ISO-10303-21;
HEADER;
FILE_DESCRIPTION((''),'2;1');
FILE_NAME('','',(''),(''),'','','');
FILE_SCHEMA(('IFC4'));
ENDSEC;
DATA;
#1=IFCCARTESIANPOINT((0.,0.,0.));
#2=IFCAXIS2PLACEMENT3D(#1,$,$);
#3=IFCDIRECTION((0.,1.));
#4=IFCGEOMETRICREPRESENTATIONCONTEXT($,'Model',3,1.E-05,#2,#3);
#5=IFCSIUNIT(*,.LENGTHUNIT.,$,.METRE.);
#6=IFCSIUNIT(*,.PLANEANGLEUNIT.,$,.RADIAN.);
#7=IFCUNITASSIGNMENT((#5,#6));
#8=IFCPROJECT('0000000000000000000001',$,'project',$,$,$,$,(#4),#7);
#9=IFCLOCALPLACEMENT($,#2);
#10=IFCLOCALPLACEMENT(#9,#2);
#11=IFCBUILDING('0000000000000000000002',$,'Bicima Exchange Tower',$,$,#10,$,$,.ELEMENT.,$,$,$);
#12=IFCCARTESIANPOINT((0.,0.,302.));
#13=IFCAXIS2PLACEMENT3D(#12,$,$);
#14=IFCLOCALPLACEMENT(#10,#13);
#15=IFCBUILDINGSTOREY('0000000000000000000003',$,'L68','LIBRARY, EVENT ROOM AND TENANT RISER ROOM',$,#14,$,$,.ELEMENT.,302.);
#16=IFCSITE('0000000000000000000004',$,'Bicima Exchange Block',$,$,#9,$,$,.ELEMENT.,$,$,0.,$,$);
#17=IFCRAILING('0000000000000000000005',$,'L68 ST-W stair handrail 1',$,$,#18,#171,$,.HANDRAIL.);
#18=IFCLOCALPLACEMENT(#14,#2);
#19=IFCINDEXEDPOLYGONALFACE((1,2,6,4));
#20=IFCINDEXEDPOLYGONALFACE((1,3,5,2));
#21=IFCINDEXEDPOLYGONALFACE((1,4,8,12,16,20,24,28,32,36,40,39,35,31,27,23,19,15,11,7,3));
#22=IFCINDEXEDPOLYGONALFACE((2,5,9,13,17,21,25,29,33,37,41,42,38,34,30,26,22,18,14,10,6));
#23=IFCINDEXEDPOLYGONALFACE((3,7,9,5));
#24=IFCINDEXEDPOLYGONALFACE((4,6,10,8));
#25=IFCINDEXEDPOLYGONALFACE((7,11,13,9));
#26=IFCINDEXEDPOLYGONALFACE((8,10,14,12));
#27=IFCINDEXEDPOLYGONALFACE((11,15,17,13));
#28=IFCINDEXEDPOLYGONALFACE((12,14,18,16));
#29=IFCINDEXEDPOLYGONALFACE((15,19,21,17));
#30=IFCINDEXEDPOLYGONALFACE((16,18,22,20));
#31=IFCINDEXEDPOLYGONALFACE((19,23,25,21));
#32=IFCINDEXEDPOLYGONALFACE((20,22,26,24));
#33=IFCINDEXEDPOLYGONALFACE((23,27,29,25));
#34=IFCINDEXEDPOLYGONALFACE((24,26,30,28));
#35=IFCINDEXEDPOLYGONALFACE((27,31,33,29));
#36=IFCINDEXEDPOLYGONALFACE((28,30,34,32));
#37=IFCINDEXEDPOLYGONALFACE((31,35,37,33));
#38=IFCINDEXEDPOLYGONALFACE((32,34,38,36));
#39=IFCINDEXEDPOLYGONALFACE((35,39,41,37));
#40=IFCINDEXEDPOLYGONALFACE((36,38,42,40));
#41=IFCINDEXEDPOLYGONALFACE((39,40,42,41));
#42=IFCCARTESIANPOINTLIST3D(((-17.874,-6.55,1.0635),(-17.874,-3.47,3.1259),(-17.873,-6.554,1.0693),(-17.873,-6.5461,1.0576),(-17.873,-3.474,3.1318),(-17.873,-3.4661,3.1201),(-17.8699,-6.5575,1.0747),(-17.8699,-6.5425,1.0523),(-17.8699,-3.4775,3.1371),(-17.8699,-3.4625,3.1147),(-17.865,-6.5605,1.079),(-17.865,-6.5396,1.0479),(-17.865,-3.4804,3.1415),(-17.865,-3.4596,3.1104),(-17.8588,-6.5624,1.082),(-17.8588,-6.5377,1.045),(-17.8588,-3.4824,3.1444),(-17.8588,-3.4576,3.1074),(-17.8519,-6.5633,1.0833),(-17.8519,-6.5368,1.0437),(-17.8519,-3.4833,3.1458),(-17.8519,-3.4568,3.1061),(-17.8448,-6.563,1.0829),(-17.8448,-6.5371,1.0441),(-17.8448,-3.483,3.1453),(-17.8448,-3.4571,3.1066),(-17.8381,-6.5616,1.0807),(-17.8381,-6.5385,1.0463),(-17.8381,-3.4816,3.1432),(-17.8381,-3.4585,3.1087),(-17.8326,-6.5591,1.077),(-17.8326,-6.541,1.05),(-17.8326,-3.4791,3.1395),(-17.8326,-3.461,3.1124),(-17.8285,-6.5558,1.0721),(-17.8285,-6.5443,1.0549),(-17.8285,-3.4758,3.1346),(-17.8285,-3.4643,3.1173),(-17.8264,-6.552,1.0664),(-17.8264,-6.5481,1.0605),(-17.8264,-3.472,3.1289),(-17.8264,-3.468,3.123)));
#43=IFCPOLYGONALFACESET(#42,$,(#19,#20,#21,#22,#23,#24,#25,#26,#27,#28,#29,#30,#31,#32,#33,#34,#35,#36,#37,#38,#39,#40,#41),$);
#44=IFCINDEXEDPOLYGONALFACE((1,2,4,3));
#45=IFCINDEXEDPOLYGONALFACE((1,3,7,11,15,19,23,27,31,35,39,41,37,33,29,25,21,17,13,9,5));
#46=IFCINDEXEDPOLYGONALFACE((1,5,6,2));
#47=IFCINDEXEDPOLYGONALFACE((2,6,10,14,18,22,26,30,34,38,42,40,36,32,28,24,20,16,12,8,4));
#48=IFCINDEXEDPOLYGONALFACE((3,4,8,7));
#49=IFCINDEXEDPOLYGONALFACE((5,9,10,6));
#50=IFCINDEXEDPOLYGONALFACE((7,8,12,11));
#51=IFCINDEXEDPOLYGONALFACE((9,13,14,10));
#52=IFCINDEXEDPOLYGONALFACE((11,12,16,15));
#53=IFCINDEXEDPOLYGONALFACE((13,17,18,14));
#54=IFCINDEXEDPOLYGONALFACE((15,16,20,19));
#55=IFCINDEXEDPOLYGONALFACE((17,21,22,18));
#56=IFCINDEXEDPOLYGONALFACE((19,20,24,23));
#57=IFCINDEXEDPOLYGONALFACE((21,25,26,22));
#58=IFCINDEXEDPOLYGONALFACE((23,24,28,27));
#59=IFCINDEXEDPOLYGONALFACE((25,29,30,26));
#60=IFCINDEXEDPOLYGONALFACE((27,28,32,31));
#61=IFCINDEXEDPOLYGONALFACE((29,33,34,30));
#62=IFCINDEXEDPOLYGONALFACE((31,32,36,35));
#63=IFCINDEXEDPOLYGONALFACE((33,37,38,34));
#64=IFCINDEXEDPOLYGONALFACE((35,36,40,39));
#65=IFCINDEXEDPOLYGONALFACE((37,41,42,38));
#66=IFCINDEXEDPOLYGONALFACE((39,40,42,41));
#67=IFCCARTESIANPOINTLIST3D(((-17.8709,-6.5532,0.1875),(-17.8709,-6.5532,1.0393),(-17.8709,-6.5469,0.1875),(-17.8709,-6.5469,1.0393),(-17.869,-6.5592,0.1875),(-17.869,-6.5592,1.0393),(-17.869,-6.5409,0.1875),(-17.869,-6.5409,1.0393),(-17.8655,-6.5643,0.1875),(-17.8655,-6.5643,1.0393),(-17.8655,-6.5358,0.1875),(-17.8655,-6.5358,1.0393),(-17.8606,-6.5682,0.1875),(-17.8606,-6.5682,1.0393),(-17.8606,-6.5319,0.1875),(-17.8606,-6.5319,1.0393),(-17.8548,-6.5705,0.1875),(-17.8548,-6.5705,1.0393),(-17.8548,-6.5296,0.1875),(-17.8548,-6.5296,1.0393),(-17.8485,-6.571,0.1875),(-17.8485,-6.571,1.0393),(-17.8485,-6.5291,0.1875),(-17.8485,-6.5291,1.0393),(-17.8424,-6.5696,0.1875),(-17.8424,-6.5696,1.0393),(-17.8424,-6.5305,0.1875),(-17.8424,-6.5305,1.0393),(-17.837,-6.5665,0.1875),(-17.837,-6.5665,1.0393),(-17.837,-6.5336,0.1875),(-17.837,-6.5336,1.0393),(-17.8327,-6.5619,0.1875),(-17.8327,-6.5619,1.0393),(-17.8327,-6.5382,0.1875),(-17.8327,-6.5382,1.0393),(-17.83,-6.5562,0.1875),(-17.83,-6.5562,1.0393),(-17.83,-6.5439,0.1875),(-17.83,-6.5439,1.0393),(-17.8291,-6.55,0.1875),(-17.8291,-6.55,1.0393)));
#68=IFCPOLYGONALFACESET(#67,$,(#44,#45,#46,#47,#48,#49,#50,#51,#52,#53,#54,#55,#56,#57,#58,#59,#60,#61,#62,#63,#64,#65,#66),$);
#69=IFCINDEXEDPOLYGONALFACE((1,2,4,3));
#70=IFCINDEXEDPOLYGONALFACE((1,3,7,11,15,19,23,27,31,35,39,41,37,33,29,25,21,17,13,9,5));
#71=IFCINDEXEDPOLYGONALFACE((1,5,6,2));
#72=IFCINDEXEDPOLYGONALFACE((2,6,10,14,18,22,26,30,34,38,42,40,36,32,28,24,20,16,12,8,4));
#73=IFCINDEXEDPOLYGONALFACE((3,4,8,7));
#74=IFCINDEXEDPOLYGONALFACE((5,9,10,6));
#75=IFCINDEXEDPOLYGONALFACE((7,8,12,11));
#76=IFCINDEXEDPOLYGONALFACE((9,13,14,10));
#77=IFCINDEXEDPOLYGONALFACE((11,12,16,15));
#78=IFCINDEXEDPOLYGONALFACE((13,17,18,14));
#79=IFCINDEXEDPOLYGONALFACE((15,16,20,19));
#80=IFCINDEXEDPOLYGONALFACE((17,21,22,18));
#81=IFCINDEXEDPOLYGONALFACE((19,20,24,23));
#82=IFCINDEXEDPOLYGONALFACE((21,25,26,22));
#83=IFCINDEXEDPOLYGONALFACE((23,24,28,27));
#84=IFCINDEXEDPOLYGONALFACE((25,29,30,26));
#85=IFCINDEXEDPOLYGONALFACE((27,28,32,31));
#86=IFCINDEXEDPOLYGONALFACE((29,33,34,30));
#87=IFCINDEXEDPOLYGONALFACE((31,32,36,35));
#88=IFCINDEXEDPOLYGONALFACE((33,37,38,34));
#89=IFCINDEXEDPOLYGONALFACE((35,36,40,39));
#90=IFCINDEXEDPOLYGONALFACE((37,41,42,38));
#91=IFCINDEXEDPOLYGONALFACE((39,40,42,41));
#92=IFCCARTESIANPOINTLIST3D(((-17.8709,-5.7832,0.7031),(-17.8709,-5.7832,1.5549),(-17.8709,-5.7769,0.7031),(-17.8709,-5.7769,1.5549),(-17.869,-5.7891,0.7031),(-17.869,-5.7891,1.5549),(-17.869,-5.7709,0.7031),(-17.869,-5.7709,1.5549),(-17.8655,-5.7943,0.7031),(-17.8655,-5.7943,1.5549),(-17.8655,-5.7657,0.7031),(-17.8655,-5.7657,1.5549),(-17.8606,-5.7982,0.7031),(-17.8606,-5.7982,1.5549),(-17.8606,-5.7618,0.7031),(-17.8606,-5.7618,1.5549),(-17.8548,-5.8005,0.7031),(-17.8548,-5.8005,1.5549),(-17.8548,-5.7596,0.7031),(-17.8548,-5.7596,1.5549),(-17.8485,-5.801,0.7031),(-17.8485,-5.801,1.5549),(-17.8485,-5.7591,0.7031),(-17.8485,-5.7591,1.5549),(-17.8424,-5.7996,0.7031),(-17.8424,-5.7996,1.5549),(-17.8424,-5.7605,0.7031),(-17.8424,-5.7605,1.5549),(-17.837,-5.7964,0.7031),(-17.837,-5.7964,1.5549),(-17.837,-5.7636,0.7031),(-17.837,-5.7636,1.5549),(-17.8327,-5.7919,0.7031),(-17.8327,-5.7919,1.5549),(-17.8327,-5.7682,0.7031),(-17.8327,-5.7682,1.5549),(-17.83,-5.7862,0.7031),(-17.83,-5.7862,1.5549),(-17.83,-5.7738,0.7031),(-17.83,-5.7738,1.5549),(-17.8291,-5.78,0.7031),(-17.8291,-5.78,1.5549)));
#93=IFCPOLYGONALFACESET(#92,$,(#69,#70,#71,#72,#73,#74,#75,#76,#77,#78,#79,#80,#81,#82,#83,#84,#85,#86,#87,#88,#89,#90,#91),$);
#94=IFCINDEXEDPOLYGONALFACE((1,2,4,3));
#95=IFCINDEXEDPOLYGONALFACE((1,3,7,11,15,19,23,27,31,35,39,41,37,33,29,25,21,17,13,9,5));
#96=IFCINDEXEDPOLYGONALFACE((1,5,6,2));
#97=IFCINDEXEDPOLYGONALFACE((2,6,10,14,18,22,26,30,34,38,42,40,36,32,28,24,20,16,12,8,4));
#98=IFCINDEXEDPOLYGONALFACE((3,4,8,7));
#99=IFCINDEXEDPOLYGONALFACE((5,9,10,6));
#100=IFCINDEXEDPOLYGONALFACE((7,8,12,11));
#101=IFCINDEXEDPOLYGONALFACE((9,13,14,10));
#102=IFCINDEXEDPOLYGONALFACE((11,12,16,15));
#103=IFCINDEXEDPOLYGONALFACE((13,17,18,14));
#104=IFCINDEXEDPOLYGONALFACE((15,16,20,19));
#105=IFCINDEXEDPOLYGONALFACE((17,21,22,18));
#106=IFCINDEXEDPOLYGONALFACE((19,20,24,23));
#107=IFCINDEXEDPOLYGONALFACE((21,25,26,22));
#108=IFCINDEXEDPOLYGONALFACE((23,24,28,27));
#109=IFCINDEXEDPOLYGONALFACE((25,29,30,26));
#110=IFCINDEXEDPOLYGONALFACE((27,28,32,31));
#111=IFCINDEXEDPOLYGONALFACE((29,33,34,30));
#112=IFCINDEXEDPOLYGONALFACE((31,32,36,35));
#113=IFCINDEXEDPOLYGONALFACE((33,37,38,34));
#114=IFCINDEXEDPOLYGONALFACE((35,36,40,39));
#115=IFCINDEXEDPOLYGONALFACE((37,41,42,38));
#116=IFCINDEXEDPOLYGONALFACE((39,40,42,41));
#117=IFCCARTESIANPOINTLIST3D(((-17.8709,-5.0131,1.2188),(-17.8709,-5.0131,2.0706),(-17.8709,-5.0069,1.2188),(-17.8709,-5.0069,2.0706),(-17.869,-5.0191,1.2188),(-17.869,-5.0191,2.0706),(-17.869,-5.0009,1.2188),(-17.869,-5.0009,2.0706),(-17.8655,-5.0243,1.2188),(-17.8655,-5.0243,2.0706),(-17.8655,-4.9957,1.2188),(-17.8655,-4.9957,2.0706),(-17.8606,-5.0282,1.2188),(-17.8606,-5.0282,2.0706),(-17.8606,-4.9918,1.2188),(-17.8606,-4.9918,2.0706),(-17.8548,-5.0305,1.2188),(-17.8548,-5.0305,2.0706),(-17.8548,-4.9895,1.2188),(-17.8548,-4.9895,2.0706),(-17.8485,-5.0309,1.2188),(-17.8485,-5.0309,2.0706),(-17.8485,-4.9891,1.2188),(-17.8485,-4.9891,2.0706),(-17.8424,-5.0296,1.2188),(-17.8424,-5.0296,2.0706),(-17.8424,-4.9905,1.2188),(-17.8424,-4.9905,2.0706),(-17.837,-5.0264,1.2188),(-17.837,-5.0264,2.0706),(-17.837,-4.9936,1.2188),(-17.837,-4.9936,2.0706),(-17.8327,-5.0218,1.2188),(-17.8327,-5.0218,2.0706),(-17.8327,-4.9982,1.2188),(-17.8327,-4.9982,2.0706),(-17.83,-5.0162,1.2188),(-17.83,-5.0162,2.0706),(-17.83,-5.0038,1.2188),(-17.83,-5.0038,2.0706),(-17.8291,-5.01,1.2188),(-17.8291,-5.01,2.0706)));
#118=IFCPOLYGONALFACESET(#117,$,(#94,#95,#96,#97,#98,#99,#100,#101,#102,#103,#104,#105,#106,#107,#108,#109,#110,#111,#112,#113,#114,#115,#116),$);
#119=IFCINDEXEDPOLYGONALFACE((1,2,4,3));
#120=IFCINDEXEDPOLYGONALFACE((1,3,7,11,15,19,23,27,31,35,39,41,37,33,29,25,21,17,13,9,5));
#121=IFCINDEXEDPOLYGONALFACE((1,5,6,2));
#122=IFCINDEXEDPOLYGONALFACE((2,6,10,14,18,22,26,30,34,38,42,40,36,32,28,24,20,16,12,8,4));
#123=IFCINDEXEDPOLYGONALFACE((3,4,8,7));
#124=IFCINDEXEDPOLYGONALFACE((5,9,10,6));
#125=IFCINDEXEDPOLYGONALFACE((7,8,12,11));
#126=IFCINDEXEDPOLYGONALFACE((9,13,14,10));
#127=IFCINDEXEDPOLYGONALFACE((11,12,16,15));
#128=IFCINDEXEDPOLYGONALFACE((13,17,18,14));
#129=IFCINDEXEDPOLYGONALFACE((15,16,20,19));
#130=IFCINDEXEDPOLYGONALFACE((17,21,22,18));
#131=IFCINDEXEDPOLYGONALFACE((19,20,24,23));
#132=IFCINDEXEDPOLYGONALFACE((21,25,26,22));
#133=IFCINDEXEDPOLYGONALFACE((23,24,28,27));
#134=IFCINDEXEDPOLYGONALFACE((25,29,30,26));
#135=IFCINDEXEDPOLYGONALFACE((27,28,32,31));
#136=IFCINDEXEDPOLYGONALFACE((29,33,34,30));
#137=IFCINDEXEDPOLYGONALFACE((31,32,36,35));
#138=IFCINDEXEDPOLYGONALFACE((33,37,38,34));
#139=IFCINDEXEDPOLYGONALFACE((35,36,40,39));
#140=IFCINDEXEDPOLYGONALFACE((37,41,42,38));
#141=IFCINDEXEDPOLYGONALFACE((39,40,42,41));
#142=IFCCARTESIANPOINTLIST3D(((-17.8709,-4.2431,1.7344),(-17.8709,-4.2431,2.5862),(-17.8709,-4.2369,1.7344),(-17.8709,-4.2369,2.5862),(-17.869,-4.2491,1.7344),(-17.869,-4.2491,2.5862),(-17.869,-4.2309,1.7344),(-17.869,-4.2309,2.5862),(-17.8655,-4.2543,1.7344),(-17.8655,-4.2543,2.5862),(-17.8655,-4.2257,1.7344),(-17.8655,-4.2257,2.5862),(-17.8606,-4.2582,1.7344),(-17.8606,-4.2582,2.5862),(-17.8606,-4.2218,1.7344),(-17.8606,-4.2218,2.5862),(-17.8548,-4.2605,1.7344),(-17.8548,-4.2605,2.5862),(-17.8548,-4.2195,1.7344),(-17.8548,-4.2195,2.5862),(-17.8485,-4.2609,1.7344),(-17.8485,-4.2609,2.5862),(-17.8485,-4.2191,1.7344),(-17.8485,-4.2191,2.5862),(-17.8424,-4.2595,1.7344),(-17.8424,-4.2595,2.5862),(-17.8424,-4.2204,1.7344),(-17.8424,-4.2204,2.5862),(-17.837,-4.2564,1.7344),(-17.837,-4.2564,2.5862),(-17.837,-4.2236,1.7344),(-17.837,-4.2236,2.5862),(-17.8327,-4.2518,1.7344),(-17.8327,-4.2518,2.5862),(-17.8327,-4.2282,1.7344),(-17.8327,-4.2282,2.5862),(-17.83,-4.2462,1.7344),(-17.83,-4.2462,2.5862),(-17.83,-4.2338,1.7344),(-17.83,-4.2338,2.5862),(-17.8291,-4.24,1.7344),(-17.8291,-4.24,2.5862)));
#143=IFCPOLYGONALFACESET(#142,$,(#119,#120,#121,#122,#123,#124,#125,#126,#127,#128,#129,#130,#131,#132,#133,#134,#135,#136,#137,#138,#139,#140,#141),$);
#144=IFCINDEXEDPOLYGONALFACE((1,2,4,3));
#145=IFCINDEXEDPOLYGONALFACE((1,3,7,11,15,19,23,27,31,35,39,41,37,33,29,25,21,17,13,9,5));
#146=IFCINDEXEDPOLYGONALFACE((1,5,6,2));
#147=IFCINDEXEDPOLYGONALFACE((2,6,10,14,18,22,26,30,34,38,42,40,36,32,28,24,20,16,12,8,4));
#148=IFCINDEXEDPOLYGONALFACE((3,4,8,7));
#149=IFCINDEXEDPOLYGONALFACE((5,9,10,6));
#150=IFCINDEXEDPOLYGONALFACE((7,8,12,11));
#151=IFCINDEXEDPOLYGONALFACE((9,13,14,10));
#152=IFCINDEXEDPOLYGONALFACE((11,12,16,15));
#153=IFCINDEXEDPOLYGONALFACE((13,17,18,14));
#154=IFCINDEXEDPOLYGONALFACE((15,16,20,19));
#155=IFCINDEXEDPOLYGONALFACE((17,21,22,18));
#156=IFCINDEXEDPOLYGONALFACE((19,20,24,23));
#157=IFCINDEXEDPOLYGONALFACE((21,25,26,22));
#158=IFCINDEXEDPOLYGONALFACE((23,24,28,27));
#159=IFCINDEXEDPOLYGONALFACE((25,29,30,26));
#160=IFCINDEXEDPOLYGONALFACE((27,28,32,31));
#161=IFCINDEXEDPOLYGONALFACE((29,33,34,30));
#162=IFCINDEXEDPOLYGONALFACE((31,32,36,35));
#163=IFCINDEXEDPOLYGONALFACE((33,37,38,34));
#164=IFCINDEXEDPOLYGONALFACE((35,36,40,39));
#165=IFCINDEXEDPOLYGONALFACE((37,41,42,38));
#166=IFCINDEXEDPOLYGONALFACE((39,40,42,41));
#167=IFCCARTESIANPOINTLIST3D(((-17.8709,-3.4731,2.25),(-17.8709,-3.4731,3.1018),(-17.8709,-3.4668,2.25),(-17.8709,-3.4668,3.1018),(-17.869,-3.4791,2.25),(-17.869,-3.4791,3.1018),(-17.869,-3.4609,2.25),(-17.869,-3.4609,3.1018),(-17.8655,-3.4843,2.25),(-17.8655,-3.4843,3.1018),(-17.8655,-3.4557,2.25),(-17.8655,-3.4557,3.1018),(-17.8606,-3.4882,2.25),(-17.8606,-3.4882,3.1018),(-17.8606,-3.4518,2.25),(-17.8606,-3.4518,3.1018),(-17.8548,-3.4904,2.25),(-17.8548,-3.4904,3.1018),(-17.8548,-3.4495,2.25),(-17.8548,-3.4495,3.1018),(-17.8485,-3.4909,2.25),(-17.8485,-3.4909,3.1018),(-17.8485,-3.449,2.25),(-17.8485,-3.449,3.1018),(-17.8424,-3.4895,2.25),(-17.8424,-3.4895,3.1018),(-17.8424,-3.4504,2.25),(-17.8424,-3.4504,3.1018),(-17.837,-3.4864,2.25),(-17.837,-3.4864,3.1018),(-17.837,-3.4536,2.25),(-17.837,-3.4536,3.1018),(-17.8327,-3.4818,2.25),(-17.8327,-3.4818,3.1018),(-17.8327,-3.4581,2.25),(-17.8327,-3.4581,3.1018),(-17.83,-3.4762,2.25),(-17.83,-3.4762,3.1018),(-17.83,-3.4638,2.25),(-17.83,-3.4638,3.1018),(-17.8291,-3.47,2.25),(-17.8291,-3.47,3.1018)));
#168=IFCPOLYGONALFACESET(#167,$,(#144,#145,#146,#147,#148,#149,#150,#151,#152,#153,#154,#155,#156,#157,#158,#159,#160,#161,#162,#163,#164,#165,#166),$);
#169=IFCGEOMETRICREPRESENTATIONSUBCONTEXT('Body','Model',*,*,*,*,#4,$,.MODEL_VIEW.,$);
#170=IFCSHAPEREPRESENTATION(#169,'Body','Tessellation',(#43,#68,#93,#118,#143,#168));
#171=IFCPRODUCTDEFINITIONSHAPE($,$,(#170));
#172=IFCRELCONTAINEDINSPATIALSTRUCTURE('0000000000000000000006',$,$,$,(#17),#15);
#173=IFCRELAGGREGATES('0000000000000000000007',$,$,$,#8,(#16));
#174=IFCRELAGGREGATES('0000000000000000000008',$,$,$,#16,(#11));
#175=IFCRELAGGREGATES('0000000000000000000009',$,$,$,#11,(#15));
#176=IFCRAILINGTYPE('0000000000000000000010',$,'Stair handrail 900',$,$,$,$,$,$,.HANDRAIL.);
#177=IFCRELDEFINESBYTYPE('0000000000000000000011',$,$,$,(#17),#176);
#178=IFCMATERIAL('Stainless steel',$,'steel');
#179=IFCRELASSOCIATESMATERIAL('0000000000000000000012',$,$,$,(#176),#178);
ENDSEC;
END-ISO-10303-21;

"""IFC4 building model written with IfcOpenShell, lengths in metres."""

from ifc_helpers import new_model, si_unit, direction, frame, origin, origin_2d, place, context, subcontext, project, spatial, circle, extrude, material, type_object, element, save


model = new_model("IFC4")

# Units and contexts
model_context = context("Model", 3, precision=1e-05, world=origin(), true_north=direction((0.0, 1.0)))
body_context = subcontext(model_context, "Body", "Model", "MODEL_VIEW")
ifc_project = project(units=[si_unit("LENGTHUNIT", "METRE"), si_unit("PLANEANGLEUNIT", "RADIAN")], contexts=[model_context])

# Site, building, storey
site_placement = place(None, origin())
site = spatial("IfcSite", under=ifc_project, at=site_placement, Name="Bicima Exchange Block", CompositionType="ELEMENT", RefElevation=0.0)
building_placement = place(site_placement, origin())
building = spatial("IfcBuilding", under=site, at=building_placement, Name="Bicima Exchange Tower", CompositionType="ELEMENT")
storey_placement = place(building_placement, frame((0.0, 0.0, 302.0)))
storey = spatial("IfcBuildingStorey", under=building, at=storey_placement, Name="L68", Description="LIBRARY, EVENT ROOM AND TENANT RISER ROOM", CompositionType="ELEMENT", Elevation=302.0)

# Shared definitions
ifc_material_1 = material(Name="Stainless steel", Category="steel")

# Railing
railing_type_1 = type_object("IfcRailingType", Name="Stair handrail 900", PredefinedType="HANDRAIL", material=ifc_material_1)
railing_1_placement = place(storey_placement, frame((-17.8501, -6.55, 0.1875)))
element("IfcRailing", 1, at=railing_1_placement, inside=storey, type_object=railing_type_1, Name="L68 ST-W stair handrail 1", PredefinedType="HANDRAIL", context=body_context, shape_type="SweptSolid", body=[
    extrude(circle(Radius=0.0239, at=origin_2d()), frame((0.0, 0.0, 0.876), z_axis=(0.0, 0.830914, 0.556401), x_axis=(-1.0, 0.0, 0.0)), (0.0, 0.0, 1.0), 3.7068),
    extrude(circle(Radius=0.021, at=origin_2d()), origin(), (0.0, 0.0, 1.0), 0.8518),
    extrude(circle(Radius=0.021, at=origin_2d()), frame((0.0, 0.77, 0.5156)), (0.0, 0.0, 1.0), 0.8518),
    extrude(circle(Radius=0.021, at=origin_2d()), frame((0.0, 1.54, 1.0312)), (0.0, 0.0, 1.0), 0.8518),
    extrude(circle(Radius=0.021, at=origin_2d()), frame((0.0, 2.3101, 1.5469)), (0.0, 0.0, 1.0), 0.8518),
    extrude(circle(Radius=0.021, at=origin_2d()), frame((0.0, 3.0801, 2.0625)), (0.0, 0.0, 1.0), 0.8518),
])

save(model, "model.ifc")
